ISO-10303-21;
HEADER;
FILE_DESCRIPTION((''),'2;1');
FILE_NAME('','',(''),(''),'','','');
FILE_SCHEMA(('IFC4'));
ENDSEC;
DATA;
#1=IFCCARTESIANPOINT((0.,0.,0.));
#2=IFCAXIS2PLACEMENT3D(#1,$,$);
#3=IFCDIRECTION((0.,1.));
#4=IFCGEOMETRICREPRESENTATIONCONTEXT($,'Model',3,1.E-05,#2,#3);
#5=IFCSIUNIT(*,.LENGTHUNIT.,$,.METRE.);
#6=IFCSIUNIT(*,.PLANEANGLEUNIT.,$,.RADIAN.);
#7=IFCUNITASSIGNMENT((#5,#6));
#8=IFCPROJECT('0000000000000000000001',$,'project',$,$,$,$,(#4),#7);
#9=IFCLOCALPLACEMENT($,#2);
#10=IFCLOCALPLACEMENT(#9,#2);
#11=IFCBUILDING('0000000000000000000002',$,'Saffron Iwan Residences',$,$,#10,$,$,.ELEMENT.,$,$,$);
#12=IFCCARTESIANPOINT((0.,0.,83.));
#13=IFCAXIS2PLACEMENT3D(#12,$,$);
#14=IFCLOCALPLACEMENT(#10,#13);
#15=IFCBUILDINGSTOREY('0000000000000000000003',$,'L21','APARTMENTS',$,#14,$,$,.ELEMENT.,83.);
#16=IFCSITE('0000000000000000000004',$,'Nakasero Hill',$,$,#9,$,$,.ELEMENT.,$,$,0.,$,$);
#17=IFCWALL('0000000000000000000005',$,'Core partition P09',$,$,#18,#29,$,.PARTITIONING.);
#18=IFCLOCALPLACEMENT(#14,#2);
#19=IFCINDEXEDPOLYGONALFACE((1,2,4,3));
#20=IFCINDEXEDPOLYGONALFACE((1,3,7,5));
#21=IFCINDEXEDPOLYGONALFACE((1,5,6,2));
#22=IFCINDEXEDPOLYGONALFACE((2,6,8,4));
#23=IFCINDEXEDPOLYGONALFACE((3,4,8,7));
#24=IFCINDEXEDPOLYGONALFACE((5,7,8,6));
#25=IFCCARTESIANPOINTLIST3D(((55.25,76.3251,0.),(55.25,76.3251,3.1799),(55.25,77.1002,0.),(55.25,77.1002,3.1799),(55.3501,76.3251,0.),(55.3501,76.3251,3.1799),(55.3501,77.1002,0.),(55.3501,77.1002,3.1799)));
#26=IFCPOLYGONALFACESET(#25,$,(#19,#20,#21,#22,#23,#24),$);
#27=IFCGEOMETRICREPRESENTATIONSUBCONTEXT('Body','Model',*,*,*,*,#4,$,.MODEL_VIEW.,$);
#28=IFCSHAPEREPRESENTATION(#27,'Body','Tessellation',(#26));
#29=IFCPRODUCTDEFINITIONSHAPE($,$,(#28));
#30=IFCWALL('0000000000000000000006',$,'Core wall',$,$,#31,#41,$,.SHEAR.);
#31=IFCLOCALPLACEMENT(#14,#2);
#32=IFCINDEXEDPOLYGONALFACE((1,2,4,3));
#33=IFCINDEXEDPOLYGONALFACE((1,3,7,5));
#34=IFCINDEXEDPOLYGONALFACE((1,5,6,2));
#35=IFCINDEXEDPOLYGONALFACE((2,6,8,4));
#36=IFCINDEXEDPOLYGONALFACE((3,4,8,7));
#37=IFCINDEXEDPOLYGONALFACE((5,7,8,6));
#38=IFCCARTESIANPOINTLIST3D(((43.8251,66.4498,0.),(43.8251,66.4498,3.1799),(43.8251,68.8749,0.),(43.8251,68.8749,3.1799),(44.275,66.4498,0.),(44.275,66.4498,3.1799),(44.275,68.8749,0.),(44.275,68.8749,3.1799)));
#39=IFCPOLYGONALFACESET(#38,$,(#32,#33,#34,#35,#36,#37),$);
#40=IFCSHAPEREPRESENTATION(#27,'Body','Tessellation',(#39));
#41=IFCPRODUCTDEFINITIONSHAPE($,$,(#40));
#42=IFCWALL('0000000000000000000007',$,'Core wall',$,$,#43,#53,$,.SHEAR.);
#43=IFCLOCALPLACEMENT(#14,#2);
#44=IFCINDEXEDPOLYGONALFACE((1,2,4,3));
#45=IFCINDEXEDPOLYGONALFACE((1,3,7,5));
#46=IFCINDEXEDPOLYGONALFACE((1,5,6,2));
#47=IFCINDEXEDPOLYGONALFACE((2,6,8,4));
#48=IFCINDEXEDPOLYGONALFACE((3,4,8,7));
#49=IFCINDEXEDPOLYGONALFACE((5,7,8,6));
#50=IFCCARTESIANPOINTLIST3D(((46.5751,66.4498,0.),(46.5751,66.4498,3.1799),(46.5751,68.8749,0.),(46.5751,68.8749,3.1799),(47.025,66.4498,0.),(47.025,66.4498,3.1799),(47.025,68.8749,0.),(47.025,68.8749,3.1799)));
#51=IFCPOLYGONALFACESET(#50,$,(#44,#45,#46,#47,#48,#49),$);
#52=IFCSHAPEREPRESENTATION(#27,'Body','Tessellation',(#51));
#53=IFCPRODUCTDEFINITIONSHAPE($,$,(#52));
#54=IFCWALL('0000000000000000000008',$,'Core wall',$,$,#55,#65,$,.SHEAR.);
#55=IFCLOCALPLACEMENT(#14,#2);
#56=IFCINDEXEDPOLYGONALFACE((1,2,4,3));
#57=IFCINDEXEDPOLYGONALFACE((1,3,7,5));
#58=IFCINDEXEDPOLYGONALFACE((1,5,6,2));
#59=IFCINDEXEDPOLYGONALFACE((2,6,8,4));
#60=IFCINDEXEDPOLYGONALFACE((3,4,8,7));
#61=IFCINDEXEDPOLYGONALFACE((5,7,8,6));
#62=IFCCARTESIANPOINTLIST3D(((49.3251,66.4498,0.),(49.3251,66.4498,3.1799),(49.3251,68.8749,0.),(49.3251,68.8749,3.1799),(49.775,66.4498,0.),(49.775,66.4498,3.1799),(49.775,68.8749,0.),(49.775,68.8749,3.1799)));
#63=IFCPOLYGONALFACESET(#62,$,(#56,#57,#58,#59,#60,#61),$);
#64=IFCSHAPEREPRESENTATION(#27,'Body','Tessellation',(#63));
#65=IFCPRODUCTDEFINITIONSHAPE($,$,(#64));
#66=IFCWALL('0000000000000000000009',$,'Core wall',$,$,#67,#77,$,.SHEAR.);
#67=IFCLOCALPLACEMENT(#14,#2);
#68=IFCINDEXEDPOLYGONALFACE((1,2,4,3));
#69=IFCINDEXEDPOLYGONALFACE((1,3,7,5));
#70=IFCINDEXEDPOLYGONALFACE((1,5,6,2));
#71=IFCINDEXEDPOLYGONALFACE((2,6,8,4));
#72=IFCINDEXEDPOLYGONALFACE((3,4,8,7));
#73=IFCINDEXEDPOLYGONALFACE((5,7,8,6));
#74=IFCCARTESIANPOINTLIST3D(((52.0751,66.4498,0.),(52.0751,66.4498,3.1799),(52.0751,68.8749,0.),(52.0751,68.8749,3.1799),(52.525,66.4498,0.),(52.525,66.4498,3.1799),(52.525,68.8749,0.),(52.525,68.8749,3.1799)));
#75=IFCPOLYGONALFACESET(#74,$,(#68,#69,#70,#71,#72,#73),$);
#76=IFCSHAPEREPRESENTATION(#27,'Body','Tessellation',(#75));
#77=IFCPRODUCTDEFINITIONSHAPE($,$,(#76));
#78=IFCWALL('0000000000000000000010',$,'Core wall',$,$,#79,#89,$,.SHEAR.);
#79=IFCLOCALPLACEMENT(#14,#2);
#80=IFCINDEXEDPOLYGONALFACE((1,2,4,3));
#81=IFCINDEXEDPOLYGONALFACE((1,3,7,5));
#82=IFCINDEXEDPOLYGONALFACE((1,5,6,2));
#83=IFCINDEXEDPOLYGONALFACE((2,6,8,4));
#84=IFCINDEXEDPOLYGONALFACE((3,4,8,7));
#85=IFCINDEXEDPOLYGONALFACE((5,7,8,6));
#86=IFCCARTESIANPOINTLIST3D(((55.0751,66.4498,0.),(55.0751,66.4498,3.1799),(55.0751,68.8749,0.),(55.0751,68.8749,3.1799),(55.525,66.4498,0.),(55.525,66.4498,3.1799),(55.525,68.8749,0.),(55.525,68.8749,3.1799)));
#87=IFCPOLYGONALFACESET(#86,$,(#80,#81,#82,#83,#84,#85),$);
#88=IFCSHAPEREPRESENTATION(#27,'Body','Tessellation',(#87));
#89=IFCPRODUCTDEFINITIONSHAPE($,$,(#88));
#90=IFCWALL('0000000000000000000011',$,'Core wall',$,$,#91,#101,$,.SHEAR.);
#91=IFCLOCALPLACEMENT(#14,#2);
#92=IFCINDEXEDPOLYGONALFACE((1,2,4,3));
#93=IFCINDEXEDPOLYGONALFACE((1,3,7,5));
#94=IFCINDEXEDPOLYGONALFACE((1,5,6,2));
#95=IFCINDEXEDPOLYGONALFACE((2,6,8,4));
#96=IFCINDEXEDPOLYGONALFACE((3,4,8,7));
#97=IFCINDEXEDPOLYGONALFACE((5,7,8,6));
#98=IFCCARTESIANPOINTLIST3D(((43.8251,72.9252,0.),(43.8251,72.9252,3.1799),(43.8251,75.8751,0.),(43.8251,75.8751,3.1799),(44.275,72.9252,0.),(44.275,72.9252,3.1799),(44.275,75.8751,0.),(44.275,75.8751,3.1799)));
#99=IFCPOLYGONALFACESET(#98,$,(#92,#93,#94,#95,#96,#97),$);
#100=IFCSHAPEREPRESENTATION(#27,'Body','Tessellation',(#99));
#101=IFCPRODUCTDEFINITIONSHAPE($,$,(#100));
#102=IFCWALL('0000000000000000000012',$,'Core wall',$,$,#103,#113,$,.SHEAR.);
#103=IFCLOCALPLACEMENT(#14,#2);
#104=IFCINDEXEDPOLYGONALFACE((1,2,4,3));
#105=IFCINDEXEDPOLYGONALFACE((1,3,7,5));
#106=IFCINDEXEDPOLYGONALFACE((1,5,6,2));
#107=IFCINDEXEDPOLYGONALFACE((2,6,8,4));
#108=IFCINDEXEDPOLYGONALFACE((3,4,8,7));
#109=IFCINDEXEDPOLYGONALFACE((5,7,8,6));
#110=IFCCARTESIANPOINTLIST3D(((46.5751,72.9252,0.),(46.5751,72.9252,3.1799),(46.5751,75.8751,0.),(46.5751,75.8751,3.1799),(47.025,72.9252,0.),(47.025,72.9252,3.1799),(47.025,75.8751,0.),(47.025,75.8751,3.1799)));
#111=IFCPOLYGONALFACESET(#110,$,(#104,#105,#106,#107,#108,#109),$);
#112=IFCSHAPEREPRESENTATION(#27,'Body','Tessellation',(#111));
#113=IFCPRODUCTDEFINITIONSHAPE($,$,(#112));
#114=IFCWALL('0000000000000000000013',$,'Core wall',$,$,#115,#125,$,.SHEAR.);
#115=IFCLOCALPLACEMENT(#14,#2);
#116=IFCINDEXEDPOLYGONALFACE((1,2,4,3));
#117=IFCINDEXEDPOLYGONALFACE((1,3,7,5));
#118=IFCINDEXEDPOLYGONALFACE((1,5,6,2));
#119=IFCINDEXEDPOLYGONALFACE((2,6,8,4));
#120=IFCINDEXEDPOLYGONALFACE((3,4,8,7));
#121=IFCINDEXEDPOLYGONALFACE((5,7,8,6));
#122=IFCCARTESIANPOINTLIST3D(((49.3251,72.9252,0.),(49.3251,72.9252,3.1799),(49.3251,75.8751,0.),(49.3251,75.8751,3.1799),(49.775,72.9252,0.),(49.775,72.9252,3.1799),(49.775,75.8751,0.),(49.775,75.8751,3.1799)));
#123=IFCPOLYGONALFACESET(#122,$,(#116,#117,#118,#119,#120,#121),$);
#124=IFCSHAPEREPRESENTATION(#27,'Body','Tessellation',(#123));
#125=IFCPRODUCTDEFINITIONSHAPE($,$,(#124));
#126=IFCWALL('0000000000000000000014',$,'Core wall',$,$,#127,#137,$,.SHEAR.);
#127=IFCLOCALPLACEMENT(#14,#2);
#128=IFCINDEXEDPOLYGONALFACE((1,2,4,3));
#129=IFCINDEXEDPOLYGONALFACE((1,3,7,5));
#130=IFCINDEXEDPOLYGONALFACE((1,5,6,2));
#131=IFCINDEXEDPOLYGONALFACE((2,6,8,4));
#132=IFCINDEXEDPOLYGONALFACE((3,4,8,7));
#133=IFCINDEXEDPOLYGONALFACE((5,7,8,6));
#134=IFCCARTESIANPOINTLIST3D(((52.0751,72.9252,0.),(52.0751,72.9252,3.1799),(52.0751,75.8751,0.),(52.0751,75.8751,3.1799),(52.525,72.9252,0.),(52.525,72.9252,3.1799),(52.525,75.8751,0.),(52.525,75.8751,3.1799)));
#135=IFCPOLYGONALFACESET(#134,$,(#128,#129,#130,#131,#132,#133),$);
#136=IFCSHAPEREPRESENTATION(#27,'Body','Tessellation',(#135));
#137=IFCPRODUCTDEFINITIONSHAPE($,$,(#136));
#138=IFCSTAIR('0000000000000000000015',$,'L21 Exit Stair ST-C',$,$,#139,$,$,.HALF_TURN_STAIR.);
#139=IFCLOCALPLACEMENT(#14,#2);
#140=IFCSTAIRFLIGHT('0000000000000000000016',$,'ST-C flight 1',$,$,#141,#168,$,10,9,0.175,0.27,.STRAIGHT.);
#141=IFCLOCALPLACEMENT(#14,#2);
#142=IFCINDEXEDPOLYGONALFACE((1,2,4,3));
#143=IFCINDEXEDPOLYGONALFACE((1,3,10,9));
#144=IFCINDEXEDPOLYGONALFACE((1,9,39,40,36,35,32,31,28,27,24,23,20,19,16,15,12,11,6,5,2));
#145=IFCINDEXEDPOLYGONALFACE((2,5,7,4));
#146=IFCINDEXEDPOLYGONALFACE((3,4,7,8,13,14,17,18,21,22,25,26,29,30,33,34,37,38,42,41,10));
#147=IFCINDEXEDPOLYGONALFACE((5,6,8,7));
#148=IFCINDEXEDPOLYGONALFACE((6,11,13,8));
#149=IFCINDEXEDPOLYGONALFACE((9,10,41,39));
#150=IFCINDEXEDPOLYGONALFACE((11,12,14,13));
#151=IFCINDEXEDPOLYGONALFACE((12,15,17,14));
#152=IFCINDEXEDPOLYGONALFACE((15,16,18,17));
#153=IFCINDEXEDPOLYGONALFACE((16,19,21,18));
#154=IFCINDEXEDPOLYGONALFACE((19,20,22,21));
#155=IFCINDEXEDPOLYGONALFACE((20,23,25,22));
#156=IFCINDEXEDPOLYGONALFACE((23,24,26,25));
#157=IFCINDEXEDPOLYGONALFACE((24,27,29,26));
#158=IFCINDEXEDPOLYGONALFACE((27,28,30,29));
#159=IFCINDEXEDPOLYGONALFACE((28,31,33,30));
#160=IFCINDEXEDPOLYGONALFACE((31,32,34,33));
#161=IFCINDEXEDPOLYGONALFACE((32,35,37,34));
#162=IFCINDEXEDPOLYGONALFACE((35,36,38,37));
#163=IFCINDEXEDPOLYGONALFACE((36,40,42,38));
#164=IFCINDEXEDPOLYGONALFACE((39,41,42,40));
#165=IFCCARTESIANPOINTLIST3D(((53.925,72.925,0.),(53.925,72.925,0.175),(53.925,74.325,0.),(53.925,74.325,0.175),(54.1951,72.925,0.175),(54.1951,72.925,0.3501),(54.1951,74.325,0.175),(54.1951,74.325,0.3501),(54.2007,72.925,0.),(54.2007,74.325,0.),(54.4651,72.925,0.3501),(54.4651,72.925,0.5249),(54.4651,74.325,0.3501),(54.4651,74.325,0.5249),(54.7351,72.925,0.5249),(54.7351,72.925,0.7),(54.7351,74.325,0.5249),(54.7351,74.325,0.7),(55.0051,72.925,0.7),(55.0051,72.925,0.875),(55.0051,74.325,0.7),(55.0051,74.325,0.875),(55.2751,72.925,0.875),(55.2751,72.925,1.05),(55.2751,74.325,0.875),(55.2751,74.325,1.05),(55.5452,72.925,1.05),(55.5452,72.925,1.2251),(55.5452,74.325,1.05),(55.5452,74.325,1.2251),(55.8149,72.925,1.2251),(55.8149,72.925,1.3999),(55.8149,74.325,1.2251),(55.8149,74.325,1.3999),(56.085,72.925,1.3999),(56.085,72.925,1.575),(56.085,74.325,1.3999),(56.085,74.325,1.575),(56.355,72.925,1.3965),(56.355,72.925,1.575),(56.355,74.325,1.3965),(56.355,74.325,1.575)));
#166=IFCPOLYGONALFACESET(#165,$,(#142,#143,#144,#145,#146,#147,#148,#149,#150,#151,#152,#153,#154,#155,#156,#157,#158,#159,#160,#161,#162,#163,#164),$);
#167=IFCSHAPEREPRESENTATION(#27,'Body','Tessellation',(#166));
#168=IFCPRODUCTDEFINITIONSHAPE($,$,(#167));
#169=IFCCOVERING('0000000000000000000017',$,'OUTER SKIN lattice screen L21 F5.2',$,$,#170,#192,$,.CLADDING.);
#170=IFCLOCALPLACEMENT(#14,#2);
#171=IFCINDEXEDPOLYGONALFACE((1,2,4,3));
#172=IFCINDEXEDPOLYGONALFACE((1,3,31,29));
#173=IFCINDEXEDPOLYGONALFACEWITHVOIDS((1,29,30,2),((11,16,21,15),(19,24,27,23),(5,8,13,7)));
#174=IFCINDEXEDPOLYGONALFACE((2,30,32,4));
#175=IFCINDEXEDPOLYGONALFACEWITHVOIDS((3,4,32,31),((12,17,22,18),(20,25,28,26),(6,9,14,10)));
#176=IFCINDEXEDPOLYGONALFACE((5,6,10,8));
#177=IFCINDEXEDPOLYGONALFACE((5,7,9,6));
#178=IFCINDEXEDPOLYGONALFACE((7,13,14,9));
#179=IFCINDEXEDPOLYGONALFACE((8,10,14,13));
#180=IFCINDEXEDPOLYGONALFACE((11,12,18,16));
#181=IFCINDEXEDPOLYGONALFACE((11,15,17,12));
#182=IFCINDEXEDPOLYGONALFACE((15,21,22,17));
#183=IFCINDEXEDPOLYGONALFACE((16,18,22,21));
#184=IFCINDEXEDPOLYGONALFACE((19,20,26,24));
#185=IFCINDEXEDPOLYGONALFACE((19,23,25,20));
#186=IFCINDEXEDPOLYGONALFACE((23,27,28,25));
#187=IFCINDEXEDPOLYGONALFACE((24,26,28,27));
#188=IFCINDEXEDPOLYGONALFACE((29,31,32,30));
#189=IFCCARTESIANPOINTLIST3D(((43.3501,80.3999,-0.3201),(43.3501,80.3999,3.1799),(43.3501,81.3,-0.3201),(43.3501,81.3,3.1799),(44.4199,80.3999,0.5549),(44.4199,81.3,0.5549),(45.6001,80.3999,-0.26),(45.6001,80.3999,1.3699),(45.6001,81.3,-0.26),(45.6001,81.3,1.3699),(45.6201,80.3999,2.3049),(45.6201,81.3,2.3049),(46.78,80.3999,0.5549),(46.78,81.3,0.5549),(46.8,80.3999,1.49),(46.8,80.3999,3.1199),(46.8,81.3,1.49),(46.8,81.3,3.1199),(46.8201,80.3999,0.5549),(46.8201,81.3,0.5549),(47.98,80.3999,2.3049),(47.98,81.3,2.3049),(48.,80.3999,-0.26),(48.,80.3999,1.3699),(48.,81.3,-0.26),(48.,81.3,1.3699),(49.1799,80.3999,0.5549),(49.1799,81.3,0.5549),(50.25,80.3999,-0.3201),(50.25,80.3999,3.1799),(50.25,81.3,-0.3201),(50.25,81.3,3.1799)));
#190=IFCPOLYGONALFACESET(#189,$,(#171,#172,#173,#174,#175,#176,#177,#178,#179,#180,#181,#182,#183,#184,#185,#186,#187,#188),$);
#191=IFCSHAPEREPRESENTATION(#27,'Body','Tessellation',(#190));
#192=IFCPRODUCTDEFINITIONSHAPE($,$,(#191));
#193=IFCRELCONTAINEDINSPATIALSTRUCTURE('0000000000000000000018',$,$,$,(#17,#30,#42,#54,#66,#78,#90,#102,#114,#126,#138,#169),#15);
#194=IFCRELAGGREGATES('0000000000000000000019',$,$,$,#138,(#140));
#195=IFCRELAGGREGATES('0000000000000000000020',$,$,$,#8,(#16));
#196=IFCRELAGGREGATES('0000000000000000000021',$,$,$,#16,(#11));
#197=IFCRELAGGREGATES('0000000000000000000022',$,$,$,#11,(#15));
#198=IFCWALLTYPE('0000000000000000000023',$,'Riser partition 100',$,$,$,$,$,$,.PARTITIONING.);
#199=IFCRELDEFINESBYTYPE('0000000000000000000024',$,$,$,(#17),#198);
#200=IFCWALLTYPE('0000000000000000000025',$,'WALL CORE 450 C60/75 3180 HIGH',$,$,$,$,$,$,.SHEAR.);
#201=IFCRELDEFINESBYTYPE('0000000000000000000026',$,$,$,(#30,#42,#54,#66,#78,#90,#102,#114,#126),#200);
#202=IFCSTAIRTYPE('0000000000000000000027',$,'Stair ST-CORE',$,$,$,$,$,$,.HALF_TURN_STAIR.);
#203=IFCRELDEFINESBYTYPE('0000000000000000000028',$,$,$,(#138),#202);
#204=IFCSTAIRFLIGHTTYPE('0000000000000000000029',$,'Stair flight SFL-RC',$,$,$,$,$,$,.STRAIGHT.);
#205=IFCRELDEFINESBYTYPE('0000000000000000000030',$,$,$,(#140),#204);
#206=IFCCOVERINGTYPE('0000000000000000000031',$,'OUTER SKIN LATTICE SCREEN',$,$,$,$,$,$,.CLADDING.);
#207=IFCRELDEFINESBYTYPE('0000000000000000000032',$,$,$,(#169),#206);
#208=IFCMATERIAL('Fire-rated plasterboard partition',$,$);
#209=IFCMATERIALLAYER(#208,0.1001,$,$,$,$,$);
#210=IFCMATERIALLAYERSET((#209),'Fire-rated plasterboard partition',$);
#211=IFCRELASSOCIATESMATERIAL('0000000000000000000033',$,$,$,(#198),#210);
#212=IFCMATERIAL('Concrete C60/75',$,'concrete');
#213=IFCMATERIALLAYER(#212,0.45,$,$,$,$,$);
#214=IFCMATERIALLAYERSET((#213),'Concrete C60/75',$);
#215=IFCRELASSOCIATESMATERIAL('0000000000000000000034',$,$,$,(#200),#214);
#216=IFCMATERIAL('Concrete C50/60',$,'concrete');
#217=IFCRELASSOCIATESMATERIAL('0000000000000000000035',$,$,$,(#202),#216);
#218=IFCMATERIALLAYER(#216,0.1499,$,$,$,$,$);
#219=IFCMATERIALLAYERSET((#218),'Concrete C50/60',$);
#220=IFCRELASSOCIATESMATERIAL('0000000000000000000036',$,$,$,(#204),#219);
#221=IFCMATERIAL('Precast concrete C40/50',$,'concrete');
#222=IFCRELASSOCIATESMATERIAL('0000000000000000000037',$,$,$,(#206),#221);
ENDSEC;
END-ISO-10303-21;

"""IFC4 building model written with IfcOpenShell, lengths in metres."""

from ifc_helpers import new_model, si_unit, direction, frame, frame_2d, origin, place, context, subcontext, project, spatial, polyline, rectangle, outline, extrude, material, layer, layer_set, type_object, element, aggregate, save


model = new_model("IFC4")

# Units and contexts
model_context = context("Model", 3, precision=1e-05, world=origin(), true_north=direction((0.0, 1.0)))
body_context = subcontext(model_context, "Body", "Model", "MODEL_VIEW")
ifc_project = project(units=[si_unit("LENGTHUNIT", "METRE"), si_unit("PLANEANGLEUNIT", "RADIAN")], contexts=[model_context])

# Site, building, storey
site_placement = place(None, origin())
site = spatial("IfcSite", under=ifc_project, at=site_placement, Name="Nakasero Hill", CompositionType="ELEMENT", RefElevation=0.0)
building_placement = place(site_placement, origin())
building = spatial("IfcBuilding", under=site, at=building_placement, Name="Saffron Iwan Residences", CompositionType="ELEMENT")
storey_placement = place(building_placement, frame((0.0, 0.0, 83.0)))
storey = spatial("IfcBuildingStorey", under=building, at=storey_placement, Name="L21", Description="APARTMENTS", CompositionType="ELEMENT", Elevation=83.0)

# Shared definitions
ifc_material_1 = material(Name="Concrete C60/75", Category="concrete")

# Shared definitions
ifc_material_2 = material(Name="Fire-rated plasterboard partition")

# Walls
ifc_layer_1 = layer(ifc_material_2, 0.1001)
ifc_layer_set_1 = layer_set([ifc_layer_1], Name="Fire-rated plasterboard partition")
wall_type_1 = type_object("IfcWallType", Name="Riser partition 100", PredefinedType="PARTITIONING", material=ifc_layer_set_1)
for number, where, z_axis, x_axis, name in (
    (1, (55.3, 76.325, 0.0), (0.0, 0.0, 1.0), (0.0, 1.0, 0.0), "Core partition P09"),
):
    element("IfcWall", number, at=place(storey_placement, frame(where, z_axis=z_axis, x_axis=x_axis)), inside=storey, type_object=wall_type_1, Name=name, PredefinedType="PARTITIONING", context=body_context, shape_type="SweptSolid", body=[
        extrude(rectangle(XDim=0.7751, YDim=0.1001, at=frame_2d((0.3877, 0.0))), origin(), (0.0, 0.0, 1.0), 3.1799),
    ])
ifc_layer_2 = layer(ifc_material_1, 0.45)
ifc_layer_set_2 = layer_set([ifc_layer_2], Name="Concrete C60/75")
wall_type_2 = type_object("IfcWallType", Name="WALL CORE 450 C60/75 3180 HIGH", PredefinedType="SHEAR", material=ifc_layer_set_2)
for number, where, z_axis, x_axis, name in (
    (2, (44.05, 66.45, 0.0), (0.0, 0.0, 1.0), (0.0, 1.0, 0.0), "Core wall"),
    (3, (46.8, 66.45, 0.0), (0.0, 0.0, 1.0), (0.0, 1.0, 0.0), "Core wall"),
    (4, (49.55, 66.45, 0.0), (0.0, 0.0, 1.0), (0.0, 1.0, 0.0), "Core wall"),
    (5, (52.3, 66.45, 0.0), (0.0, 0.0, 1.0), (0.0, 1.0, 0.0), "Core wall"),
    (6, (55.3, 66.45, 0.0), (0.0, 0.0, 1.0), (0.0, 1.0, 0.0), "Core wall"),
):
    element("IfcWall", number, at=place(storey_placement, frame(where, z_axis=z_axis, x_axis=x_axis)), inside=storey, type_object=wall_type_2, Name=name, PredefinedType="SHEAR", context=body_context, shape_type="SweptSolid", body=[
        extrude(rectangle(XDim=2.425, YDim=0.45, at=frame_2d((1.2124, 0.0))), origin(), (0.0, 0.0, 1.0), 3.1799),
    ])
for number, where, z_axis, x_axis, name in (
    (7, (44.05, 72.925, 0.0), (0.0, 0.0, 1.0), (0.0, 1.0, 0.0), "Core wall"),
    (8, (46.8, 72.925, 0.0), (0.0, 0.0, 1.0), (0.0, 1.0, 0.0), "Core wall"),
    (9, (49.55, 72.925, 0.0), (0.0, 0.0, 1.0), (0.0, 1.0, 0.0), "Core wall"),
    (10, (52.3, 72.925, 0.0), (0.0, 0.0, 1.0), (0.0, 1.0, 0.0), "Core wall"),
):
    element("IfcWall", number, at=place(storey_placement, frame(where, z_axis=z_axis, x_axis=x_axis)), inside=storey, type_object=wall_type_2, Name=name, PredefinedType="SHEAR", context=body_context, shape_type="SweptSolid", body=[
        extrude(rectangle(XDim=2.95, YDim=0.45, at=frame_2d((1.4751, 0.0))), origin(), (0.0, 0.0, 1.0), 3.1799),
    ])

# Stair, stair flight
ifc_material_3 = material(Name="Concrete C50/60", Category="concrete")
stair_type = type_object("IfcStairType", Name="Stair ST-CORE", PredefinedType="HALF_TURN_STAIR", material=ifc_material_3)
stair_placement = place(storey_placement, origin())
stair = element("IfcStair", 11, at=stair_placement, inside=storey, type_object=stair_type, Name="L21 Exit Stair ST-C", PredefinedType="HALF_TURN_STAIR")
ifc_layer_3 = layer(ifc_material_3, 0.1499)
ifc_layer_set_3 = layer_set([ifc_layer_3], Name="Concrete C50/60")
stair_flight_type = type_object("IfcStairFlightType", Name="Stair flight SFL-RC", PredefinedType="STRAIGHT", material=ifc_layer_set_3)
stair_flight_placement = place(storey_placement, frame((53.925, 73.625, 0.0), z_axis=(0.0, 0.0, 1.0), x_axis=(1.0, 0.0, 0.0)))
stair_flight = element("IfcStairFlight", 12, at=stair_flight_placement, type_object=stair_flight_type, Name="ST-C flight 1", NumberOfRisers=10, NumberOfTreads=9, PredefinedType="STRAIGHT", RiserHeight=0.175, TreadLength=0.27, context=body_context, shape_type="SweptSolid", body=[
    extrude(outline(polyline([(0.0, 0.0), (0.0, 0.175), (0.27, 0.175), (0.27, 0.3501), (0.54, 0.3501), (0.54, 0.5249), (0.8101, 0.5249), (0.8101, 0.7), (1.0801, 0.7), (1.0801, 0.875), (1.3501, 0.875), (1.3501, 1.05), (1.6201, 1.05), (1.6201, 1.2251), (1.8899, 1.2251), (1.8899, 1.3999), (2.1599, 1.3999), (2.1599, 1.575), (2.4299, 1.575), (2.4299, 1.75), (2.4299, 1.3965), (0.2756, 0.0), (0.0, 0.0)])), frame((0.0, 0.7, 0.0), z_axis=(0.0, -1.0, 0.0), x_axis=(1.0, 0.0, 0.0)), (0.0, 0.0, 1.0), 1.3999),
])
aggregate(stair, [stair_flight])

# Covering
ifc_material_4 = material(Name="Precast concrete C40/50", Category="concrete")
covering_type_1 = type_object("IfcCoveringType", Name="OUTER SKIN LATTICE SCREEN", PredefinedType="CLADDING", material=ifc_material_4)
covering_1_placement = place(storey_placement, frame((50.25, 80.3999, -0.3201), z_axis=(0.0, 1.0, 0.0), x_axis=(-1.0, 0.0, 0.0)))
element("IfcCovering", 13, at=covering_1_placement, inside=storey, type_object=covering_type_1, Name="OUTER SKIN lattice screen L21 F5.2", PredefinedType="CLADDING", context=body_context, shape_type="SweptSolid", body=[
    extrude(outline(polyline([(0.0, 0.0), (6.8999, 0.0), (6.8999, 3.5), (0.0, 3.5), (0.0, 0.0)]), holes=[polyline([(1.0701, 0.875), (2.25, 0.0601), (3.4299, 0.875), (2.25, 1.6899), (1.0701, 0.875)]), polyline([(3.47, 0.875), (4.6499, 0.0601), (5.8301, 0.875), (4.6499, 1.6899), (3.47, 0.875)]), polyline([(2.27, 2.625), (3.45, 1.8101), (4.6299, 2.625), (3.45, 3.4399), (2.27, 2.625)])]), origin(), (0.0, 0.0, 1.0), 0.9001),
])

save(model, "model.ifc")
